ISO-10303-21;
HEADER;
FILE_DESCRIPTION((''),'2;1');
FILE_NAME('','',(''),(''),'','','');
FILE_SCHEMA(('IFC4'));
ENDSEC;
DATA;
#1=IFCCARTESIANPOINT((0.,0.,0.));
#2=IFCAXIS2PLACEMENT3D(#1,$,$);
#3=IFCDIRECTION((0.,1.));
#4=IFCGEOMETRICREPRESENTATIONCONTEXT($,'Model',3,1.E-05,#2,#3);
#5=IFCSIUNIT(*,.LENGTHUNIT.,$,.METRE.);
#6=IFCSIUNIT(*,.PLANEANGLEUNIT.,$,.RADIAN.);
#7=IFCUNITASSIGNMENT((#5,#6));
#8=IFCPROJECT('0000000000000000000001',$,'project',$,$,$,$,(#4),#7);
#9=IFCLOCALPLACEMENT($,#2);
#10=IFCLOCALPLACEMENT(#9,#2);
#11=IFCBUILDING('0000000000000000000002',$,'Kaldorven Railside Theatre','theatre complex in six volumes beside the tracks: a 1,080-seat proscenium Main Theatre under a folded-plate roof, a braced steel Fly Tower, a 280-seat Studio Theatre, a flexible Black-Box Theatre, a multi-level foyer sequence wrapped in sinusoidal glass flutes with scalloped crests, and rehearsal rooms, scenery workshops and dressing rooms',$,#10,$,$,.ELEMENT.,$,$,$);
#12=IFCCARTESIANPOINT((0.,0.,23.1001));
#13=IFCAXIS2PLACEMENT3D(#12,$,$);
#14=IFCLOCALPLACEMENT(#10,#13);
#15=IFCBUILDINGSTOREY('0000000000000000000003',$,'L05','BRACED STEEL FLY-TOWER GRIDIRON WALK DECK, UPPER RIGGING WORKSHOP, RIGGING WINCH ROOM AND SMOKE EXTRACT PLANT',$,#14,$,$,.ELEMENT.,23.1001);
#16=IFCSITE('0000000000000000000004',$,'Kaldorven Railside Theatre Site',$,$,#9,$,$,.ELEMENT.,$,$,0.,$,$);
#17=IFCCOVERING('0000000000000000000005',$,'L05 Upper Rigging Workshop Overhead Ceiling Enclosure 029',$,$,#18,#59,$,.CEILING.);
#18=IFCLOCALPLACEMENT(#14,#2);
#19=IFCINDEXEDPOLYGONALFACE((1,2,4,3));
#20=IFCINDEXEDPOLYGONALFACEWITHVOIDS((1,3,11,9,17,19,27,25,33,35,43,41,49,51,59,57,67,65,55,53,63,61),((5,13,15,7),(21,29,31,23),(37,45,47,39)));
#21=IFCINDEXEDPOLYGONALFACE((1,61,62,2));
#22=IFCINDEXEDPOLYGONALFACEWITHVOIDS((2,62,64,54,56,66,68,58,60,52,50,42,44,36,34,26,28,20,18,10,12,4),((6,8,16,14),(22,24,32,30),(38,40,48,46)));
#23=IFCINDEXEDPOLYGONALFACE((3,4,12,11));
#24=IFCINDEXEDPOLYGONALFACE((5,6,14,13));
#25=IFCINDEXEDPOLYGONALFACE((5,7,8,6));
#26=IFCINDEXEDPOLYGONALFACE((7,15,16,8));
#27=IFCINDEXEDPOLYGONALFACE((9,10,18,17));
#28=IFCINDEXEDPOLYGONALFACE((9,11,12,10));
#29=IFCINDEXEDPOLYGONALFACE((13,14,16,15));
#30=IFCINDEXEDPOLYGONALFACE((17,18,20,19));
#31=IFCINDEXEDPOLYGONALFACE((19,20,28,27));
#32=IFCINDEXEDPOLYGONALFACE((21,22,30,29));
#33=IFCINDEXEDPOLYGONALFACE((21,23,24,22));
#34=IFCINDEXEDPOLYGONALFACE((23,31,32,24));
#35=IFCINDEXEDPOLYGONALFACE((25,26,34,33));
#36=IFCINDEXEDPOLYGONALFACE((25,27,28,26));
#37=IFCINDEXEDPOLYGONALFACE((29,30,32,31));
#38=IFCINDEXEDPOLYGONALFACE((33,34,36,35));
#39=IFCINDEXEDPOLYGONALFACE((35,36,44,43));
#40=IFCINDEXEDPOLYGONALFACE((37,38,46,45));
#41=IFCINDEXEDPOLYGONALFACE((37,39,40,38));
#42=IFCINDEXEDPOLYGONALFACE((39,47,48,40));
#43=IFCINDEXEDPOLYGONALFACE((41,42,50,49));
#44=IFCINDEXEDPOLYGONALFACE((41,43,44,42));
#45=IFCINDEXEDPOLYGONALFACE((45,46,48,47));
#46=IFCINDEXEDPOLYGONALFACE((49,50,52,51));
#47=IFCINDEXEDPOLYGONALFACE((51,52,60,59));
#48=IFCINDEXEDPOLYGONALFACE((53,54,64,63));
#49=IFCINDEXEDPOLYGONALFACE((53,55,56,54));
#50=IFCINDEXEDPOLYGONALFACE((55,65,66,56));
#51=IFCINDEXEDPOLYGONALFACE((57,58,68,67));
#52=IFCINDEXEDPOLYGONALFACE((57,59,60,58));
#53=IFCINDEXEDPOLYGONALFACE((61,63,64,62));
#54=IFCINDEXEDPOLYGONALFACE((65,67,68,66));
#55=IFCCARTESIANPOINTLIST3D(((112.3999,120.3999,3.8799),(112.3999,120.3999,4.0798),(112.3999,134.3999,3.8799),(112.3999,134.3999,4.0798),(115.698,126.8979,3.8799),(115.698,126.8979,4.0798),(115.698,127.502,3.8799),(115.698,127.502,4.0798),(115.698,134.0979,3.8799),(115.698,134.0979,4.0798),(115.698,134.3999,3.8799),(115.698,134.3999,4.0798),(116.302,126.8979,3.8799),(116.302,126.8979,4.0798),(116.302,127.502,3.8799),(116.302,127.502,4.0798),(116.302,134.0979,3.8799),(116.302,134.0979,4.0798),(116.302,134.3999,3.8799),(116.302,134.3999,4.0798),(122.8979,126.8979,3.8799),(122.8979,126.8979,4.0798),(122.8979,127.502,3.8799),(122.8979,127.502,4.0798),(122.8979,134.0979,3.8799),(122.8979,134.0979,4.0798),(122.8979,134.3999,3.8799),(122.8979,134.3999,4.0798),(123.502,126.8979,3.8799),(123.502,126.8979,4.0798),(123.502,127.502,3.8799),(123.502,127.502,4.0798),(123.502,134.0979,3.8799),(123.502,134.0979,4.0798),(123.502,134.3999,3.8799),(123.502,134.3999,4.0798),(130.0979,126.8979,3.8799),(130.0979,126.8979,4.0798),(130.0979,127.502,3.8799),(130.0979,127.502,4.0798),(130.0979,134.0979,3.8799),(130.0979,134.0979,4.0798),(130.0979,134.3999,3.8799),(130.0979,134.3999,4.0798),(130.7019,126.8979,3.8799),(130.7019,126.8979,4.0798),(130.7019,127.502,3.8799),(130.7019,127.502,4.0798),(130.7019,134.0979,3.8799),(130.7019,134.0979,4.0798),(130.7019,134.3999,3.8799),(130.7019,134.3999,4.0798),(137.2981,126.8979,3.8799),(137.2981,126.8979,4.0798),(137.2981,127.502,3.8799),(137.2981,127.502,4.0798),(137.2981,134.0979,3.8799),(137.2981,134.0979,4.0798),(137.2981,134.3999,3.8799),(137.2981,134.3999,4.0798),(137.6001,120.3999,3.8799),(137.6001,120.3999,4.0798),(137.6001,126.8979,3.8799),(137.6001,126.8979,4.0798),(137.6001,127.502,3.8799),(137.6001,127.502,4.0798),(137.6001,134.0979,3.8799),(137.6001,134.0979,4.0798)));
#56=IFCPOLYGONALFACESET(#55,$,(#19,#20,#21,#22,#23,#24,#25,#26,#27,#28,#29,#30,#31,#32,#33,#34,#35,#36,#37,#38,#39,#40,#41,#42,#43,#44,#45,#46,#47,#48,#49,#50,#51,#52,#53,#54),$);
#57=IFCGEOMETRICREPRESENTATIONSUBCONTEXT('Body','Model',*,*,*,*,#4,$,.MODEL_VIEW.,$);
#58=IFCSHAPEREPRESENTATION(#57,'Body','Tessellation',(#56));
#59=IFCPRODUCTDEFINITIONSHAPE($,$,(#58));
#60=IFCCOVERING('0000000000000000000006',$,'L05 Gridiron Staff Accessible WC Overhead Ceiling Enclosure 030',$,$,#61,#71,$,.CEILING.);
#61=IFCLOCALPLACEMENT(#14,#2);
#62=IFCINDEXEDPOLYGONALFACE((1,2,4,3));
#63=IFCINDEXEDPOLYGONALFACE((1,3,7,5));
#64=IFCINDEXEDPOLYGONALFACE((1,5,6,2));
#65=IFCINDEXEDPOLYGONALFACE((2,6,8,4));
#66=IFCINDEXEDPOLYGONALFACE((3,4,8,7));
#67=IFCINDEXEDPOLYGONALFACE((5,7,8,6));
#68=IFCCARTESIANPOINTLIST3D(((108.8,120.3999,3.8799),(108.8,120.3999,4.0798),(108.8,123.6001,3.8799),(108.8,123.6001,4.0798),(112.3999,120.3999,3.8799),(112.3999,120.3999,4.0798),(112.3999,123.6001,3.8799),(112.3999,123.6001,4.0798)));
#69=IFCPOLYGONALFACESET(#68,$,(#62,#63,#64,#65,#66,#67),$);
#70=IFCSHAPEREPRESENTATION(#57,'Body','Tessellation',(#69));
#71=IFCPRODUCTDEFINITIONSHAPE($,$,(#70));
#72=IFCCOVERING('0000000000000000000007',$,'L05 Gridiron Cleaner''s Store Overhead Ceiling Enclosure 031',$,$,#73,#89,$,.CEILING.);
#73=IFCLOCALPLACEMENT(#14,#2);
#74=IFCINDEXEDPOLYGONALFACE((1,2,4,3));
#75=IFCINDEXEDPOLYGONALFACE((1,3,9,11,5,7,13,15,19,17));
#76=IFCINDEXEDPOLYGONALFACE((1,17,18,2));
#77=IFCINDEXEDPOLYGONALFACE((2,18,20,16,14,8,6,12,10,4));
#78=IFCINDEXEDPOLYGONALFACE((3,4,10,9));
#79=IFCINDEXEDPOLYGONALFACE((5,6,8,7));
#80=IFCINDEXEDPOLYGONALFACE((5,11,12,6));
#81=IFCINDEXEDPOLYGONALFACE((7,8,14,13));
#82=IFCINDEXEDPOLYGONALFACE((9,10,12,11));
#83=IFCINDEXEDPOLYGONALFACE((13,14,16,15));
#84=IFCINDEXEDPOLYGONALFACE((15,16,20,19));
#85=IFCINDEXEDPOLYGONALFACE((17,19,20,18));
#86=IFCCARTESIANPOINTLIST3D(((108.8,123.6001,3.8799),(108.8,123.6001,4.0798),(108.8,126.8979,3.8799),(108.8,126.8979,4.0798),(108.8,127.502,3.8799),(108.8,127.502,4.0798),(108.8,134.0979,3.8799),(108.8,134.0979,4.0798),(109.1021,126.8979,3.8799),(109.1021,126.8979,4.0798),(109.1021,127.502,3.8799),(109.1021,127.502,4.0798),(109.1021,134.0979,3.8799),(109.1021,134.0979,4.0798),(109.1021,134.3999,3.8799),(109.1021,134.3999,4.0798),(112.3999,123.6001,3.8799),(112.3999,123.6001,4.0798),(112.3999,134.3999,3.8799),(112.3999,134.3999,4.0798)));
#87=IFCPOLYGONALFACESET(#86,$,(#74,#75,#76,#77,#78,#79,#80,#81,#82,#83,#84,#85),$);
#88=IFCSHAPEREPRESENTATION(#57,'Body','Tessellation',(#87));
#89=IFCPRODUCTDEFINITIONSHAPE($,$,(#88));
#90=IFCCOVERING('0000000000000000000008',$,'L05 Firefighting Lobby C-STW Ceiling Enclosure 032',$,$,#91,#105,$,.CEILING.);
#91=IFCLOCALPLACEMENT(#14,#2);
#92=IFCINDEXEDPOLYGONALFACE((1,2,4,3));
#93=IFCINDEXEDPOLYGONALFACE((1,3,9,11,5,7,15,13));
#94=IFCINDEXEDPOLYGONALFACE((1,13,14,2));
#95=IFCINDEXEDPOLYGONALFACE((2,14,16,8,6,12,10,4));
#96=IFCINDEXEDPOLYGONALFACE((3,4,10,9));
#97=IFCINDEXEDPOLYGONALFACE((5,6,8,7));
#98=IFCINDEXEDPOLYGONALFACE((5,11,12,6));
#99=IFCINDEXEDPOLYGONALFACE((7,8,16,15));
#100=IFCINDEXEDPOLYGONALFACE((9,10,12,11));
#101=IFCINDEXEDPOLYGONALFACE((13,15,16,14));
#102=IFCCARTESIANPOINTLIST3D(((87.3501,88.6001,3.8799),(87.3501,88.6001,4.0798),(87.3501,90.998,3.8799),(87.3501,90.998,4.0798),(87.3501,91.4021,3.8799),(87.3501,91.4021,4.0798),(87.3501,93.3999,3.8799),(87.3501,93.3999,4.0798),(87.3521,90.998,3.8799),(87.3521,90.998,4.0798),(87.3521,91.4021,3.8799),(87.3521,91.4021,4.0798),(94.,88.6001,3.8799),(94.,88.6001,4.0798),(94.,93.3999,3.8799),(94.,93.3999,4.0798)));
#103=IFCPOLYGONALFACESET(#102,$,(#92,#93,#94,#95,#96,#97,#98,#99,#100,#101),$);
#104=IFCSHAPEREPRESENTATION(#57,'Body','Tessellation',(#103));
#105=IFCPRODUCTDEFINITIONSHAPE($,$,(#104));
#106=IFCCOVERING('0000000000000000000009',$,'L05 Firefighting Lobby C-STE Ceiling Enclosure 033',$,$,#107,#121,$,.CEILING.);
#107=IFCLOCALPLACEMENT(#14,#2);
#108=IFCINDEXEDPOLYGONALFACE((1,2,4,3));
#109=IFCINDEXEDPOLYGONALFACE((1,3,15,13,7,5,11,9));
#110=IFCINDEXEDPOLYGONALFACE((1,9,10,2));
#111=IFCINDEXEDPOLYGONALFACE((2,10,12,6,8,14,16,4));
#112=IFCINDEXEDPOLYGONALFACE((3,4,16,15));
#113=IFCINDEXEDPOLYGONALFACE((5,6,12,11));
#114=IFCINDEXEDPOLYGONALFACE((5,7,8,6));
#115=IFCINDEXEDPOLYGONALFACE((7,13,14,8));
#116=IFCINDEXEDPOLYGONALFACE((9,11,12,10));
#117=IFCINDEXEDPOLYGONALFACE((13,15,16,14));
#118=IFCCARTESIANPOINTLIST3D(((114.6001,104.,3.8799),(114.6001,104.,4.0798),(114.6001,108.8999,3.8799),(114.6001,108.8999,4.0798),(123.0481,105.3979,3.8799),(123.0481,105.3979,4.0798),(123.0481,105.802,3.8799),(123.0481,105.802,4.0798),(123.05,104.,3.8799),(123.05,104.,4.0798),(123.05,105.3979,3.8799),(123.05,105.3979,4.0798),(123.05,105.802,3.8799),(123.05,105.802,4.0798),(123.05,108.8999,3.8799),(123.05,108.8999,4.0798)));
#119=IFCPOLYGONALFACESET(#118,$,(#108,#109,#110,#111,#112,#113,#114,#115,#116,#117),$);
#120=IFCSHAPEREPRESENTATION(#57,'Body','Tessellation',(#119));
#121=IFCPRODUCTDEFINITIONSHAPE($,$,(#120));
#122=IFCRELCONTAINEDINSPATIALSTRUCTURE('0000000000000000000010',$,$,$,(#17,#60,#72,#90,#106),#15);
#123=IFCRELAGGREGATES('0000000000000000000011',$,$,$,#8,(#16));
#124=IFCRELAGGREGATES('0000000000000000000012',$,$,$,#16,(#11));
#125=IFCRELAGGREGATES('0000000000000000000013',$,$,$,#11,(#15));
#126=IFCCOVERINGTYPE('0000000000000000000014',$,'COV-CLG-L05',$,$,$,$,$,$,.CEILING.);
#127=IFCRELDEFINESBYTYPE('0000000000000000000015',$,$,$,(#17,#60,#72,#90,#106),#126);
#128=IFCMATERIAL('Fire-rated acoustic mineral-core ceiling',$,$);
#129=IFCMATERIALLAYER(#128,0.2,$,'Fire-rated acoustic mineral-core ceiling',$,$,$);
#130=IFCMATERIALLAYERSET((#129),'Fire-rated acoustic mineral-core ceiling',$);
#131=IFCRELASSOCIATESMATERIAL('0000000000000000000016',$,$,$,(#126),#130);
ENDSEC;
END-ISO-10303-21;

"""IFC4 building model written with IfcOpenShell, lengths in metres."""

from ifc_helpers import new_model, si_unit, direction, frame, origin, place, context, subcontext, project, spatial, polyline, outline, extrude, material, layer, layer_set, type_object, element, save


model = new_model("IFC4")

# Units and contexts
model_context = context("Model", 3, precision=1e-05, world=origin(), true_north=direction((0.0, 1.0)))
body_context = subcontext(model_context, "Body", "Model", "MODEL_VIEW")
ifc_project = project(units=[si_unit("LENGTHUNIT", "METRE"), si_unit("PLANEANGLEUNIT", "RADIAN")], contexts=[model_context])

# Site, building, storey
site_placement = place(None, origin())
site = spatial("IfcSite", under=ifc_project, at=site_placement, Name="Kaldorven Railside Theatre Site", CompositionType="ELEMENT", RefElevation=0.0)
building_placement = place(site_placement, origin())
building = spatial("IfcBuilding", under=site, at=building_placement, Name="Kaldorven Railside Theatre", Description="theatre complex in six volumes beside the tracks: a 1,080-seat proscenium Main Theatre under a folded-plate roof, a braced steel Fly Tower, a 280-seat Studio Theatre, a flexible Black-Box Theatre, a multi-level foyer sequence wrapped in sinusoidal glass flutes with scalloped crests, and rehearsal rooms, scenery workshops and dressing rooms", CompositionType="ELEMENT")
storey_placement = place(building_placement, frame((0.0, 0.0, 23.1001)))
storey = spatial("IfcBuildingStorey", under=building, at=storey_placement, Name="L05", Description="BRACED STEEL FLY-TOWER GRIDIRON WALK DECK, UPPER RIGGING WORKSHOP, RIGGING WINCH ROOM AND SMOKE EXTRACT PLANT", CompositionType="ELEMENT", Elevation=23.1001)

# Coverings
ifc_material_1 = material(Name="Fire-rated acoustic mineral-core ceiling")
ifc_layer_1 = layer(ifc_material_1, 0.2, Name="Fire-rated acoustic mineral-core ceiling")
ifc_layer_set_1 = layer_set([ifc_layer_1], Name="Fire-rated acoustic mineral-core ceiling")
covering_type = type_object("IfcCoveringType", Name="COV-CLG-L05", PredefinedType="CEILING", material=ifc_layer_set_1)
covering_1_placement = place(storey_placement, frame((0.0, 0.0, 3.8799)))
element("IfcCovering", 1, at=covering_1_placement, inside=storey, type_object=covering_type, Name="L05 Upper Rigging Workshop Overhead Ceiling Enclosure 029", PredefinedType="CEILING", context=body_context, shape_type="SweptSolid", body=[
    extrude(outline(polyline([(137.6001, 120.3999), (112.3999, 120.3999), (112.3999, 134.3999), (115.698, 134.3999), (115.698, 134.0979), (116.302, 134.0979), (116.302, 134.3999), (122.8979, 134.3999), (122.8979, 134.0979), (123.502, 134.0979), (123.502, 134.3999), (130.0979, 134.3999), (130.0979, 134.0979), (130.7019, 134.0979), (130.7019, 134.3999), (137.2981, 134.3999), (137.2981, 134.0979), (137.6001, 134.0979), (137.6001, 127.502), (137.2981, 127.502), (137.2981, 126.8979), (137.6001, 126.8979), (137.6001, 120.3999)]), holes=[polyline([(116.302, 126.8979), (116.302, 127.502), (115.698, 127.502), (115.698, 126.8979), (116.302, 126.8979)]), polyline([(123.502, 126.8979), (123.502, 127.502), (122.8979, 127.502), (122.8979, 126.8979), (123.502, 126.8979)]), polyline([(130.0979, 126.8979), (130.7019, 126.8979), (130.7019, 127.502), (130.0979, 127.502), (130.0979, 126.8979)])]), origin(), (0.0, 0.0, 1.0), 0.2),
])
covering_2_placement = place(storey_placement, frame((0.0, 0.0, 3.8799)))
element("IfcCovering", 2, at=covering_2_placement, inside=storey, type_object=covering_type, Name="L05 Gridiron Staff Accessible WC Overhead Ceiling Enclosure 030", PredefinedType="CEILING", context=body_context, shape_type="SweptSolid", body=[
    extrude(outline(polyline([(108.8, 120.3999), (108.8, 123.6001), (112.3999, 123.6001), (112.3999, 120.3999), (108.8, 120.3999)])), origin(), (0.0, 0.0, 1.0), 0.2),
])
covering_3_placement = place(storey_placement, frame((0.0, 0.0, 3.8799)))
element("IfcCovering", 3, at=covering_3_placement, inside=storey, type_object=covering_type, Name="L05 Gridiron Cleaner's Store Overhead Ceiling Enclosure 031", PredefinedType="CEILING", context=body_context, shape_type="SweptSolid", body=[
    extrude(outline(polyline([(112.3999, 134.3999), (112.3999, 123.6001), (108.8, 123.6001), (108.8, 126.8979), (109.1021, 126.8979), (109.1021, 127.502), (108.8, 127.502), (108.8, 134.0979), (109.1021, 134.0979), (109.1021, 134.3999), (112.3999, 134.3999)])), origin(), (0.0, 0.0, 1.0), 0.2),
])
covering_4_placement = place(storey_placement, frame((0.0, 0.0, 3.8799)))
element("IfcCovering", 4, at=covering_4_placement, inside=storey, type_object=covering_type, Name="L05 Firefighting Lobby C-STW Ceiling Enclosure 032", PredefinedType="CEILING", context=body_context, shape_type="SweptSolid", body=[
    extrude(outline(polyline([(87.3501, 93.3999), (94.0, 93.3999), (94.0, 88.6001), (87.3501, 88.6001), (87.3501, 90.998), (87.3521, 90.998), (87.3521, 91.4021), (87.3501, 91.4021), (87.3501, 93.3999)])), origin(), (0.0, 0.0, 1.0), 0.2),
])
covering_5_placement = place(storey_placement, frame((0.0, 0.0, 3.8799)))
element("IfcCovering", 5, at=covering_5_placement, inside=storey, type_object=covering_type, Name="L05 Firefighting Lobby C-STE Ceiling Enclosure 033", PredefinedType="CEILING", context=body_context, shape_type="SweptSolid", body=[
    extrude(outline(polyline([(123.05, 104.0), (114.6001, 104.0), (114.6001, 108.8999), (123.05, 108.8999), (123.05, 105.802), (123.0481, 105.802), (123.0481, 105.3979), (123.05, 105.3979), (123.05, 104.0)])), origin(), (0.0, 0.0, 1.0), 0.2),
])

save(model, "model.ifc")
